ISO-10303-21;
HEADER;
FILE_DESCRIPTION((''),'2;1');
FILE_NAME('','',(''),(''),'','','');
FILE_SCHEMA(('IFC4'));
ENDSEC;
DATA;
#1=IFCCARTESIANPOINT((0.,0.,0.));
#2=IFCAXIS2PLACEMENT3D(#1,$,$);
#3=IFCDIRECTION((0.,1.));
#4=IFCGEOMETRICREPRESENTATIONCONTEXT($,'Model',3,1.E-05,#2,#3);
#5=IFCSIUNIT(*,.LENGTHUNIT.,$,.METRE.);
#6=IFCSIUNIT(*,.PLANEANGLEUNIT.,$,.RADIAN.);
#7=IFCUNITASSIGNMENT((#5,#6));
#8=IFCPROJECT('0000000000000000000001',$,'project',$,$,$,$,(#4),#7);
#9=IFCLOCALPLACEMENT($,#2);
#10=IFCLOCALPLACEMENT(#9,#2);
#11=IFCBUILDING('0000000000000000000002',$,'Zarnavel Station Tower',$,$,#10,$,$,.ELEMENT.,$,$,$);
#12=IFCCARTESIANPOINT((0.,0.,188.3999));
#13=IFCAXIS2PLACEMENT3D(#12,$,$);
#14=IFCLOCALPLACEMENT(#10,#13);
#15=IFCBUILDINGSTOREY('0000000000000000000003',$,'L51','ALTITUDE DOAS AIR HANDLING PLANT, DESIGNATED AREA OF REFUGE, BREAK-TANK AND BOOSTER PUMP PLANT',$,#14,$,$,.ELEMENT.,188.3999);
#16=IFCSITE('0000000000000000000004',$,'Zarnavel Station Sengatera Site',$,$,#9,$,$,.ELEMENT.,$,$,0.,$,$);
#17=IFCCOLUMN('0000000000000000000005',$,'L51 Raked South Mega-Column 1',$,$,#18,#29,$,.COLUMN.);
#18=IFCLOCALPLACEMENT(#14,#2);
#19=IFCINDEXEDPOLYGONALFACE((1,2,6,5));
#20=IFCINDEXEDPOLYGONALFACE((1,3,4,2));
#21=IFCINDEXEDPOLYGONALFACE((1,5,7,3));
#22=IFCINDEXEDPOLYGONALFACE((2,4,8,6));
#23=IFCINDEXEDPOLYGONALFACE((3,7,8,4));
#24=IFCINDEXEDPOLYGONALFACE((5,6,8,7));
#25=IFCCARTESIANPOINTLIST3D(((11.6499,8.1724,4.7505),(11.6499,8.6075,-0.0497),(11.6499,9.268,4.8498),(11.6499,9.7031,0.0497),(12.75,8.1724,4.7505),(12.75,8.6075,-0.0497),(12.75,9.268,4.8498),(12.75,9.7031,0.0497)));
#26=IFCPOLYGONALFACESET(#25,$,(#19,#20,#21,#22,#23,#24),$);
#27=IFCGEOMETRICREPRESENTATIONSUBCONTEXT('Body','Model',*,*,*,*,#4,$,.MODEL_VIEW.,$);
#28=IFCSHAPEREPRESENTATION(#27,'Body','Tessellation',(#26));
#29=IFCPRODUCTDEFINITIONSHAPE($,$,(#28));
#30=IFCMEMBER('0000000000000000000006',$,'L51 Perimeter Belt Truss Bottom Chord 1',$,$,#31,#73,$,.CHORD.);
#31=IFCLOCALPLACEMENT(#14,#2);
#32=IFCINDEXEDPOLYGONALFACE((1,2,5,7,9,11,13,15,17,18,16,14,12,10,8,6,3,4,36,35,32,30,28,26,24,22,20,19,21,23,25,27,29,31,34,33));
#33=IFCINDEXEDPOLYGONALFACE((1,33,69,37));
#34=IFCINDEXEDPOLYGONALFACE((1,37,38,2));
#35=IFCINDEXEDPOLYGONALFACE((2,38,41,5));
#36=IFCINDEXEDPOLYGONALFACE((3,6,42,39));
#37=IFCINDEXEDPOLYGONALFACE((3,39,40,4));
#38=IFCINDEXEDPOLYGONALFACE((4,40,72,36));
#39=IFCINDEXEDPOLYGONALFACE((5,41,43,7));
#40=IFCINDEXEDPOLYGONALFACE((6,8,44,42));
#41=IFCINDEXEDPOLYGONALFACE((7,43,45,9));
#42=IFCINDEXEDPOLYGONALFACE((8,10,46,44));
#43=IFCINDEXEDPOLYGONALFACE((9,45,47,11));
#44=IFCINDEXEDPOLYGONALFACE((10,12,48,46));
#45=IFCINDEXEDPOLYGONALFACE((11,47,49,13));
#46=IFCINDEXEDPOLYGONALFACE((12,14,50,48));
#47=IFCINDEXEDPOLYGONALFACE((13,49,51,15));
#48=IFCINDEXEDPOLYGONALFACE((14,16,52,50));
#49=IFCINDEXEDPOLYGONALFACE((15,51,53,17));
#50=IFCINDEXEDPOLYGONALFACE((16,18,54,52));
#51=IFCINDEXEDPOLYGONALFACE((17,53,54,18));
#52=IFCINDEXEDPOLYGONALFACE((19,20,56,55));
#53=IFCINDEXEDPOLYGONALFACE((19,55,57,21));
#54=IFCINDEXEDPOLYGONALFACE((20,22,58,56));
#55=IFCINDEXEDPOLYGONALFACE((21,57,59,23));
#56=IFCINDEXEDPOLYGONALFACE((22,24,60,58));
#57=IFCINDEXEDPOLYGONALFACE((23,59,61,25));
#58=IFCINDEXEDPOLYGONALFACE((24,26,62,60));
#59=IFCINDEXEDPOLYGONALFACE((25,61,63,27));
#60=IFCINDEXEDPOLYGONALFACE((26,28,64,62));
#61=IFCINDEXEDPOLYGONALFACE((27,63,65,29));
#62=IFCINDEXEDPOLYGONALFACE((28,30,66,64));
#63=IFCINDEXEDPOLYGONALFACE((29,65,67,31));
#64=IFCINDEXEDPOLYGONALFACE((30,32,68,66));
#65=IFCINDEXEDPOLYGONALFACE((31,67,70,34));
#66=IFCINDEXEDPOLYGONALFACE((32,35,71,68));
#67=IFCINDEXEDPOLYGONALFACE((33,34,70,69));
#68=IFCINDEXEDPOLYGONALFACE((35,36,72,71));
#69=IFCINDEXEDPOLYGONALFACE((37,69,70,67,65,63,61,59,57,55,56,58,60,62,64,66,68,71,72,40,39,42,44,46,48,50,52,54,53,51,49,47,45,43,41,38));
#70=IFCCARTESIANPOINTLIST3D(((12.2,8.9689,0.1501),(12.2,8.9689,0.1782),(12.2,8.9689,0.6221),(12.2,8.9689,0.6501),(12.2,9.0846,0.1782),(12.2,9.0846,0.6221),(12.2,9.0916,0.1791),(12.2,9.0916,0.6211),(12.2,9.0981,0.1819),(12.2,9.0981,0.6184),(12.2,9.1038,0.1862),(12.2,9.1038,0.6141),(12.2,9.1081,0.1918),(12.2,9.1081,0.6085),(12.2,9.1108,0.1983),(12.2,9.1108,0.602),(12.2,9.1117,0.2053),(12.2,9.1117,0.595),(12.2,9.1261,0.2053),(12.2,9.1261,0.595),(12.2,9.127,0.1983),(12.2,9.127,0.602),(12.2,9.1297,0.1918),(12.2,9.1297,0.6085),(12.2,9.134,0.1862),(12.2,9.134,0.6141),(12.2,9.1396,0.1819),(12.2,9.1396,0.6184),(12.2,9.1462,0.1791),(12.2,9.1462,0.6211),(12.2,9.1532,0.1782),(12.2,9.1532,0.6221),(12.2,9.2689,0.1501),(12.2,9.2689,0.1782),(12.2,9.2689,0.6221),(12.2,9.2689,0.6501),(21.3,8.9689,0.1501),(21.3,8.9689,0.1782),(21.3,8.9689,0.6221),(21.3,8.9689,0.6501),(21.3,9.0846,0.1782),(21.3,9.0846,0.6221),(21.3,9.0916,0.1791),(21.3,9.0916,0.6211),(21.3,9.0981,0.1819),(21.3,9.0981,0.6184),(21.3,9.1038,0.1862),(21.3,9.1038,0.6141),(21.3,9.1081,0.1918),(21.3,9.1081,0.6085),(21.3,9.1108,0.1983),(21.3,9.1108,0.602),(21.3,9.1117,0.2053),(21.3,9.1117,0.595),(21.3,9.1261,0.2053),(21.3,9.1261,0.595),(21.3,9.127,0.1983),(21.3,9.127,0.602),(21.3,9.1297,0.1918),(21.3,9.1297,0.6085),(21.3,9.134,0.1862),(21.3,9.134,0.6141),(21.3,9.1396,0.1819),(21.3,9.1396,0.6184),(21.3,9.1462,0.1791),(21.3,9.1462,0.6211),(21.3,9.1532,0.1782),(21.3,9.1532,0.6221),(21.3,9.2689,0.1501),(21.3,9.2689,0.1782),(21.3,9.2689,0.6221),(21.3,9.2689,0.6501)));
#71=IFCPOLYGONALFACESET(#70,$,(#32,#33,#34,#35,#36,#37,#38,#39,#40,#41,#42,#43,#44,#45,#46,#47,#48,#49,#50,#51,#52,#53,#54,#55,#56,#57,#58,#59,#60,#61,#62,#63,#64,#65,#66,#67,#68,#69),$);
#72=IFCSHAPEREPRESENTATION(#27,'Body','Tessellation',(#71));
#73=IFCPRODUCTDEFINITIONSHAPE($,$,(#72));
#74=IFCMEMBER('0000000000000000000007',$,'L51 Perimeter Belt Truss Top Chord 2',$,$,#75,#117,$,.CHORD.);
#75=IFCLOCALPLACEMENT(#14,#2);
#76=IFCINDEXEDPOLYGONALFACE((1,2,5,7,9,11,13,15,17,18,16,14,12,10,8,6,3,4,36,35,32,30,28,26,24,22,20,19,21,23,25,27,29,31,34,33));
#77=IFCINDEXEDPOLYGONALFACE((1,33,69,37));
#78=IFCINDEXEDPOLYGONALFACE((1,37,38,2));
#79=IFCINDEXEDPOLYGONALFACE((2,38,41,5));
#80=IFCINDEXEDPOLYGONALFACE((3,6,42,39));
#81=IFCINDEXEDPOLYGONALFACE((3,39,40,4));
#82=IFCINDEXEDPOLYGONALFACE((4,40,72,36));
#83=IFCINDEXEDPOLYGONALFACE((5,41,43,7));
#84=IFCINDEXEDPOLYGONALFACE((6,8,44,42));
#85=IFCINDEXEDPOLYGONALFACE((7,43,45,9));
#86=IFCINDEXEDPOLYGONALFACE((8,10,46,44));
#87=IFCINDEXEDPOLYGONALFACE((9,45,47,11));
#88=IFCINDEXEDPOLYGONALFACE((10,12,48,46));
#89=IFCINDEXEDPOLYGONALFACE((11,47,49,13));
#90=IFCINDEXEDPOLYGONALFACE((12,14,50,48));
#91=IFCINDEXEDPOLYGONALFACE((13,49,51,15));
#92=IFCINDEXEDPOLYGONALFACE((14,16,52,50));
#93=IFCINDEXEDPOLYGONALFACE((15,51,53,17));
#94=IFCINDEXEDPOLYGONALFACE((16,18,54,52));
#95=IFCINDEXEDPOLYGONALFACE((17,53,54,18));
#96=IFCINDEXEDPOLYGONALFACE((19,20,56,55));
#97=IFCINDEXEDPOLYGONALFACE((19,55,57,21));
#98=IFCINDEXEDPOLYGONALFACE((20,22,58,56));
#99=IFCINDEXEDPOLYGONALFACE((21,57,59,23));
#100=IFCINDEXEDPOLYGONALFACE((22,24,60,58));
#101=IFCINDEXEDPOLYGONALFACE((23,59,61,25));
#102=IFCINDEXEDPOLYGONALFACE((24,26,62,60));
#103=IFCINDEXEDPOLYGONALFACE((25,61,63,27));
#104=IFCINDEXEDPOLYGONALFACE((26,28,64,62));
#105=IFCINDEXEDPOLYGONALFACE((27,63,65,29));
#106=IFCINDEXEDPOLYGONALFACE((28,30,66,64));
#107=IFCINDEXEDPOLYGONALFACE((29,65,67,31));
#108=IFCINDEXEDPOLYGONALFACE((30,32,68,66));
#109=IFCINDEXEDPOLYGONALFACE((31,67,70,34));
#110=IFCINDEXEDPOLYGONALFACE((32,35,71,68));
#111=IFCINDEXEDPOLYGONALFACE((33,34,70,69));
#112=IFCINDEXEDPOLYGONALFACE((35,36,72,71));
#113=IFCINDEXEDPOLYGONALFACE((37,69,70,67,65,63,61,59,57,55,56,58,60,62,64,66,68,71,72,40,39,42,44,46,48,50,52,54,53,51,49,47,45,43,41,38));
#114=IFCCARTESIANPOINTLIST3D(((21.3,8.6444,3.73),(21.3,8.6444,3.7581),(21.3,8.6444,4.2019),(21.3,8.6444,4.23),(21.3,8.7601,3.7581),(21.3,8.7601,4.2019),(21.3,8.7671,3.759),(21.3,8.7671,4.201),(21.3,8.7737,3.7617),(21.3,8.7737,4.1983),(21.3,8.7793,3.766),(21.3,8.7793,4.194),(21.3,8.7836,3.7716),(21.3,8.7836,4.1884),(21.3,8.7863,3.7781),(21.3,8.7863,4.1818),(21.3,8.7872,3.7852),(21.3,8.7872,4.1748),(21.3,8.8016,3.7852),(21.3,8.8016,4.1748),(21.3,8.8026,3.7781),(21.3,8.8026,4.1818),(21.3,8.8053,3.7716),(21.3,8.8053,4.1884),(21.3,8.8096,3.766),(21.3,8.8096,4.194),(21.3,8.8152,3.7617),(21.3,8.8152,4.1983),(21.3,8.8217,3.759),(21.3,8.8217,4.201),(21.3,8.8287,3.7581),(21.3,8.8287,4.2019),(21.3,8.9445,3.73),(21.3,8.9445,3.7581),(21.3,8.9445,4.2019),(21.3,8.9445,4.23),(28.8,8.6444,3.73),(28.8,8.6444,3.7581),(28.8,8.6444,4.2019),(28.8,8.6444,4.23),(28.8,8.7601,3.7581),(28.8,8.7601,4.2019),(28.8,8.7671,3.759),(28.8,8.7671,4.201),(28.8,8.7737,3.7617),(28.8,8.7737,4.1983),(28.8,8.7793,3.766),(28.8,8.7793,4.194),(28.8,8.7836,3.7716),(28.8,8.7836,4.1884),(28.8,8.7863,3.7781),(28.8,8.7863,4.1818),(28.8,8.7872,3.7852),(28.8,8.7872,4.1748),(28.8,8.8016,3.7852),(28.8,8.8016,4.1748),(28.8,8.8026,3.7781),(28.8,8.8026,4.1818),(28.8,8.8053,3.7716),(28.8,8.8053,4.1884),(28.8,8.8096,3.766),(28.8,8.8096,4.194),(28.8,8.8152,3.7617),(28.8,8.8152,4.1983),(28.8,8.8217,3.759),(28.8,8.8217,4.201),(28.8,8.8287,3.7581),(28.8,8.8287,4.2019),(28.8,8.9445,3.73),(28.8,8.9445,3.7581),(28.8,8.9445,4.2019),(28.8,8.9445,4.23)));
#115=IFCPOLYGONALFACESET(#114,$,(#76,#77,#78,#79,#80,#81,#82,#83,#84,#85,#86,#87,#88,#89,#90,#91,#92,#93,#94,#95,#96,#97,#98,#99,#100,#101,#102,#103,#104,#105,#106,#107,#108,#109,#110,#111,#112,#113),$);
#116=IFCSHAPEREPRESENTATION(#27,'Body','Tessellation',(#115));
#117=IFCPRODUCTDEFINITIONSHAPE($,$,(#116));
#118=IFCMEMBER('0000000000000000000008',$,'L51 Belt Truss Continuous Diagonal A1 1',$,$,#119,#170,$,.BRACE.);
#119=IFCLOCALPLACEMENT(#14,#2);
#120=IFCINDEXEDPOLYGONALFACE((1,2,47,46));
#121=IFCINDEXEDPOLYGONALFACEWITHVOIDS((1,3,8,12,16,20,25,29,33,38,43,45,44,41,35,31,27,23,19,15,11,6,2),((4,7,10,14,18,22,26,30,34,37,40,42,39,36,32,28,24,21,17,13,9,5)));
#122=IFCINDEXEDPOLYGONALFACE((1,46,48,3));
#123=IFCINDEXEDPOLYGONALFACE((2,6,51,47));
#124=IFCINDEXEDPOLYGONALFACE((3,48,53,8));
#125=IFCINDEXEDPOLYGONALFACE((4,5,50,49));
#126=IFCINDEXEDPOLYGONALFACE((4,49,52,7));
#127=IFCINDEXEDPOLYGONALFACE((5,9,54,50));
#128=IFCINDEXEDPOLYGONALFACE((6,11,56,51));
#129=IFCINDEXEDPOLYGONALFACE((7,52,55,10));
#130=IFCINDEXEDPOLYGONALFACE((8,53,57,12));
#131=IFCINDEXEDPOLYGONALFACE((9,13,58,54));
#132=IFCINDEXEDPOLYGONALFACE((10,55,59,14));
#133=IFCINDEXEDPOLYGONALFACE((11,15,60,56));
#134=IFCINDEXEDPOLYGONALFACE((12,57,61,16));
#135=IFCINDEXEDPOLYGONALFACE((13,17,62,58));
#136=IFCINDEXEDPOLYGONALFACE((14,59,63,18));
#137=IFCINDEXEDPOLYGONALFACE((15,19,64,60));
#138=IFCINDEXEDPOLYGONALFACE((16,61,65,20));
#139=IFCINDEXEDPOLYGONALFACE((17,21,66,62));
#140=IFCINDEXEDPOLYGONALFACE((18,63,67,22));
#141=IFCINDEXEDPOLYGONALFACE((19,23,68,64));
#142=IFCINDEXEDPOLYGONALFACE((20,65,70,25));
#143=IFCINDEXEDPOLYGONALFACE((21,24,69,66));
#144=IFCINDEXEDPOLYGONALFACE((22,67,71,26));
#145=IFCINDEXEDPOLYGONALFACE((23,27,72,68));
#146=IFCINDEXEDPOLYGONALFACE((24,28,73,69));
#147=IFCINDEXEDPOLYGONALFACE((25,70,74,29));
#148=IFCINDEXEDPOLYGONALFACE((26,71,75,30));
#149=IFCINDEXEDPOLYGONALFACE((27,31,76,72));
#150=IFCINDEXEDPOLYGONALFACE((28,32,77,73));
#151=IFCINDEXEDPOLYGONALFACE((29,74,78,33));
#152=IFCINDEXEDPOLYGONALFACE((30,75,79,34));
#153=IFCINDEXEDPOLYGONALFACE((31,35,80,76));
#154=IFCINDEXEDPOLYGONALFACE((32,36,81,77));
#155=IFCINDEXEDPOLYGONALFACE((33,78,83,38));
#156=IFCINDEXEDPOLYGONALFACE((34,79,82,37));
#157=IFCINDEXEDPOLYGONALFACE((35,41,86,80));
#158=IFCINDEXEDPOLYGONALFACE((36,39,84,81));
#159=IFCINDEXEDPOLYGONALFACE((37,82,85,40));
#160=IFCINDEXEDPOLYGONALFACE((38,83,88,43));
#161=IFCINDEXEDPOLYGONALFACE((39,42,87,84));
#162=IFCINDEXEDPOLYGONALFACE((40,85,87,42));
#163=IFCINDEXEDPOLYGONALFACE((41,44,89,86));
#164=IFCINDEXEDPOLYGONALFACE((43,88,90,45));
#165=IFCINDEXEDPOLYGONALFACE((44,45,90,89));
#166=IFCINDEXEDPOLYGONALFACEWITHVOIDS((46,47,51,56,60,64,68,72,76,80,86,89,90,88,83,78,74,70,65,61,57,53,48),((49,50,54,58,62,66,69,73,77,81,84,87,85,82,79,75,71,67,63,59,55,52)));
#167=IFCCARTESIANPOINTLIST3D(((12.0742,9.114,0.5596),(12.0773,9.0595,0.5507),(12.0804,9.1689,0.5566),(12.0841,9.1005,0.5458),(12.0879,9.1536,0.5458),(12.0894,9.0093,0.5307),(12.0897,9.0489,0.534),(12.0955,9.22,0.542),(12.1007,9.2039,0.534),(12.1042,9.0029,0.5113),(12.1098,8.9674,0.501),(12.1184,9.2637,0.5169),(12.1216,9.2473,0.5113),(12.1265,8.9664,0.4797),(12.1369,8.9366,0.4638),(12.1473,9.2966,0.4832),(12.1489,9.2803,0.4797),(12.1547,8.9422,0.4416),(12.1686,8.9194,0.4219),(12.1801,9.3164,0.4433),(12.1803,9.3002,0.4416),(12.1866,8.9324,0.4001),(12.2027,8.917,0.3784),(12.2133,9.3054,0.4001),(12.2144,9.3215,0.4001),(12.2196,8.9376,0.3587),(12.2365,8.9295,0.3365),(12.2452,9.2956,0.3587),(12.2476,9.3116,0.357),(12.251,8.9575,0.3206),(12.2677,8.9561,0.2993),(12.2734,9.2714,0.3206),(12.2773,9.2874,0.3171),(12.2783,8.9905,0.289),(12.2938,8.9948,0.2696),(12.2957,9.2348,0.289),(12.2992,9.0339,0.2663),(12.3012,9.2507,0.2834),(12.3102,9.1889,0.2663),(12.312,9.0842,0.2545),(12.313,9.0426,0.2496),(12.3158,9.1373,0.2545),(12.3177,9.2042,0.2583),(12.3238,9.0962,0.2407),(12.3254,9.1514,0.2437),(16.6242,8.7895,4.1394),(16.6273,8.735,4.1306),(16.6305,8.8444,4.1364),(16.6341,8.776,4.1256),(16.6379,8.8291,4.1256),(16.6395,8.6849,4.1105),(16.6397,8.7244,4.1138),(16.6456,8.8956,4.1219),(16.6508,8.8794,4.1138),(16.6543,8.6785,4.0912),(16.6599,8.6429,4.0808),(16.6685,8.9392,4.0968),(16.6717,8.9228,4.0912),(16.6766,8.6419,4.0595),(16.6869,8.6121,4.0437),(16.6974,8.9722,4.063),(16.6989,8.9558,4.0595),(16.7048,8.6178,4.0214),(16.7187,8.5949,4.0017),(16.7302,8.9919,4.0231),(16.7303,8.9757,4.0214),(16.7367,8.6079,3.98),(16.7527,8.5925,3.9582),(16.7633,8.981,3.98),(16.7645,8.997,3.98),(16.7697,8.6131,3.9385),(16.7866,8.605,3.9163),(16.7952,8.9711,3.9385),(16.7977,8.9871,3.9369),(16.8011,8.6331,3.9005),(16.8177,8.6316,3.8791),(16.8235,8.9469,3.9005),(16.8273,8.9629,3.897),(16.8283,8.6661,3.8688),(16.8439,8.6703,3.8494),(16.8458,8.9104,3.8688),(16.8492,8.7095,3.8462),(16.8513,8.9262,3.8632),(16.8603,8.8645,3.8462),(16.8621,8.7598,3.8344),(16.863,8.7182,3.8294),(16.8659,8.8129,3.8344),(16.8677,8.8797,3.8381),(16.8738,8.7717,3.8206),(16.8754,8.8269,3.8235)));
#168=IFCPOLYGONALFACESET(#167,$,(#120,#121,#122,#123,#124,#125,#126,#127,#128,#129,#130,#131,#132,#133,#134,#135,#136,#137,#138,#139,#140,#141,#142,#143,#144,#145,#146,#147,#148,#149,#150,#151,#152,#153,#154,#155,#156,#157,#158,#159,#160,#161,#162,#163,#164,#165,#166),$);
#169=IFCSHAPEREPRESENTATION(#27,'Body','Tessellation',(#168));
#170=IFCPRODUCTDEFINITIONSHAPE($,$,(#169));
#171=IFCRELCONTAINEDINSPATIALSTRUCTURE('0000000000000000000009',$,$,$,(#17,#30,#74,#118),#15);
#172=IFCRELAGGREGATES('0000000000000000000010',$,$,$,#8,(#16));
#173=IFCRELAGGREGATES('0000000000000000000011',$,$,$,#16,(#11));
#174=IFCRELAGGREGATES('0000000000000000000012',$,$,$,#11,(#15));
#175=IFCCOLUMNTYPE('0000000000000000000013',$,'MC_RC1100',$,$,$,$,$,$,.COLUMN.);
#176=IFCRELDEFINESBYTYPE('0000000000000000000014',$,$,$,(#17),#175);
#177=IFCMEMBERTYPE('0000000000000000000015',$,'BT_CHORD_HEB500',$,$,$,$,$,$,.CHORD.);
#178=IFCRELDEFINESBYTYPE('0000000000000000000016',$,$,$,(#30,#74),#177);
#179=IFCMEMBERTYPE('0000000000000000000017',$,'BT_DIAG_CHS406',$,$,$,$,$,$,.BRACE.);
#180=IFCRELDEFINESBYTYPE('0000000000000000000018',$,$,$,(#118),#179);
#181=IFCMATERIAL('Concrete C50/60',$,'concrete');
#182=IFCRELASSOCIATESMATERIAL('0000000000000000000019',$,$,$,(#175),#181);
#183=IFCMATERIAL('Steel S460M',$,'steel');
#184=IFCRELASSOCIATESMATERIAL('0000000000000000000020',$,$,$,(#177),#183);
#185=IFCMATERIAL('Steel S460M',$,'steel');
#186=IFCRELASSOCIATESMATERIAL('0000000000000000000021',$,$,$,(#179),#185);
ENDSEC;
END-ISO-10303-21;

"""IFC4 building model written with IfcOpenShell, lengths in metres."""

from ifc_helpers import new_model, si_unit, direction, frame, origin, origin_2d, place, context, subcontext, project, spatial, rectangle, hollow_circle, i_section, extrude, material, material_profile, profile_set, type_object, element, save


model = new_model("IFC4")

# Units and contexts
model_context = context("Model", 3, precision=1e-05, world=origin(), true_north=direction((0.0, 1.0)))
body_context = subcontext(model_context, "Body", "Model", "MODEL_VIEW")
ifc_project = project(units=[si_unit("LENGTHUNIT", "METRE"), si_unit("PLANEANGLEUNIT", "RADIAN")], contexts=[model_context])

# Site, building, storey
site_placement = place(None, origin())
site = spatial("IfcSite", under=ifc_project, at=site_placement, Name="Zarnavel Station Sengatera Site", CompositionType="ELEMENT", RefElevation=0.0)
building_placement = place(site_placement, origin())
building = spatial("IfcBuilding", under=site, at=building_placement, Name="Zarnavel Station Tower", CompositionType="ELEMENT")
storey_placement = place(building_placement, frame((0.0, 0.0, 188.3999)))
storey = spatial("IfcBuildingStorey", under=building, at=storey_placement, Name="L51", Description="ALTITUDE DOAS AIR HANDLING PLANT, DESIGNATED AREA OF REFUGE, BREAK-TANK AND BOOSTER PUMP PLANT", CompositionType="ELEMENT", Elevation=188.3999)

# Column
ifc_material_1 = material(Name="Concrete C50/60", Category="concrete")
ifc_material_profile_1 = material_profile(ifc_material_1, rectangle(XDim=1.1001, YDim=1.1001, at=origin_2d()), Name="RC1100x1100")
ifc_profile_set_1 = profile_set([ifc_material_profile_1], Name="Concrete C50/60")
column_type = type_object("IfcColumnType", Name="MC_RC1100", PredefinedType="COLUMN", material=ifc_profile_set_1)
column_placement = place(storey_placement, frame((12.2, 9.1553, 0.0), z_axis=(0.0, -0.090266, 0.995918), x_axis=(1.0, 0.0, 0.0)))
element("IfcColumn", 1, at=column_placement, inside=storey, type_object=column_type, Name="L51 Raked South Mega-Column 1", PredefinedType="COLUMN", context=body_context, shape_type="SweptSolid", body=[
    extrude(rectangle(XDim=1.1001, YDim=1.1001, at=origin_2d()), origin(), (0.0, 0.0, 1.0), 4.8198),
])

# Members
ifc_material_2 = material(Name="Steel S460M", Category="steel")
ifc_material_profile_2 = material_profile(ifc_material_2, i_section(OverallWidth=0.3, OverallDepth=0.5, WebThickness=0.0144, FlangeThickness=0.0281, FilletRadius=0.0271, at=origin_2d()), Name="HEB500")
ifc_profile_set_2 = profile_set([ifc_material_profile_2], Name="Steel S460M")
member_type_1 = type_object("IfcMemberType", Name="BT_CHORD_HEB500", PredefinedType="CHORD", material=ifc_profile_set_2)
member_1_placement = place(storey_placement, frame((12.2, 9.1189, 0.4001), z_axis=(1.0, 0.0, 0.0), x_axis=(0.0, 1.0, 0.0)))
element("IfcMember", 2, at=member_1_placement, inside=storey, type_object=member_type_1, Name="L51 Perimeter Belt Truss Bottom Chord 1", PredefinedType="CHORD", context=body_context, shape_type="SweptSolid", body=[
    extrude(i_section(OverallWidth=0.3, OverallDepth=0.5, WebThickness=0.0144, FlangeThickness=0.0281, FilletRadius=0.0271, at=origin_2d()), origin(), (0.0, 0.0, 1.0), 9.1001),
])
member_2_placement = place(storey_placement, frame((21.3, 8.7944, 3.98), z_axis=(1.0, 0.0, 0.0), x_axis=(0.0, 1.0, 0.0)))
element("IfcMember", 3, at=member_2_placement, inside=storey, type_object=member_type_1, Name="L51 Perimeter Belt Truss Top Chord 2", PredefinedType="CHORD", context=body_context, shape_type="SweptSolid", body=[
    extrude(i_section(OverallWidth=0.3, OverallDepth=0.5, WebThickness=0.0144, FlangeThickness=0.0281, FilletRadius=0.0271, at=origin_2d()), origin(), (0.0, 0.0, 1.0), 7.5),
])
ifc_material_3 = material(Name="Steel S460M", Category="steel")
ifc_material_profile_3 = material_profile(ifc_material_3, hollow_circle(Radius=0.2031, WallThickness=0.0161, at=origin_2d()), Name="CHS406.4x16")
ifc_profile_set_3 = profile_set([ifc_material_profile_3], Name="Steel S460M")
member_type_2 = type_object("IfcMemberType", Name="BT_DIAG_CHS406", PredefinedType="BRACE", material=ifc_profile_set_3)
member_3_placement = place(storey_placement, frame((12.2, 9.1189, 0.4001), z_axis=(0.784684, -0.055956, 0.617365), x_axis=(0.071129, 0.997467, 0.0)))
element("IfcMember", 4, at=member_3_placement, inside=storey, type_object=member_type_2, Name="L51 Belt Truss Continuous Diagonal A1 1", PredefinedType="BRACE", context=body_context, shape_type="SweptSolid", body=[
    extrude(hollow_circle(Radius=0.2031, WallThickness=0.0161, at=origin_2d()), origin(), (0.0, 0.0, 1.0), 5.7986),
])

save(model, "model.ifc")
